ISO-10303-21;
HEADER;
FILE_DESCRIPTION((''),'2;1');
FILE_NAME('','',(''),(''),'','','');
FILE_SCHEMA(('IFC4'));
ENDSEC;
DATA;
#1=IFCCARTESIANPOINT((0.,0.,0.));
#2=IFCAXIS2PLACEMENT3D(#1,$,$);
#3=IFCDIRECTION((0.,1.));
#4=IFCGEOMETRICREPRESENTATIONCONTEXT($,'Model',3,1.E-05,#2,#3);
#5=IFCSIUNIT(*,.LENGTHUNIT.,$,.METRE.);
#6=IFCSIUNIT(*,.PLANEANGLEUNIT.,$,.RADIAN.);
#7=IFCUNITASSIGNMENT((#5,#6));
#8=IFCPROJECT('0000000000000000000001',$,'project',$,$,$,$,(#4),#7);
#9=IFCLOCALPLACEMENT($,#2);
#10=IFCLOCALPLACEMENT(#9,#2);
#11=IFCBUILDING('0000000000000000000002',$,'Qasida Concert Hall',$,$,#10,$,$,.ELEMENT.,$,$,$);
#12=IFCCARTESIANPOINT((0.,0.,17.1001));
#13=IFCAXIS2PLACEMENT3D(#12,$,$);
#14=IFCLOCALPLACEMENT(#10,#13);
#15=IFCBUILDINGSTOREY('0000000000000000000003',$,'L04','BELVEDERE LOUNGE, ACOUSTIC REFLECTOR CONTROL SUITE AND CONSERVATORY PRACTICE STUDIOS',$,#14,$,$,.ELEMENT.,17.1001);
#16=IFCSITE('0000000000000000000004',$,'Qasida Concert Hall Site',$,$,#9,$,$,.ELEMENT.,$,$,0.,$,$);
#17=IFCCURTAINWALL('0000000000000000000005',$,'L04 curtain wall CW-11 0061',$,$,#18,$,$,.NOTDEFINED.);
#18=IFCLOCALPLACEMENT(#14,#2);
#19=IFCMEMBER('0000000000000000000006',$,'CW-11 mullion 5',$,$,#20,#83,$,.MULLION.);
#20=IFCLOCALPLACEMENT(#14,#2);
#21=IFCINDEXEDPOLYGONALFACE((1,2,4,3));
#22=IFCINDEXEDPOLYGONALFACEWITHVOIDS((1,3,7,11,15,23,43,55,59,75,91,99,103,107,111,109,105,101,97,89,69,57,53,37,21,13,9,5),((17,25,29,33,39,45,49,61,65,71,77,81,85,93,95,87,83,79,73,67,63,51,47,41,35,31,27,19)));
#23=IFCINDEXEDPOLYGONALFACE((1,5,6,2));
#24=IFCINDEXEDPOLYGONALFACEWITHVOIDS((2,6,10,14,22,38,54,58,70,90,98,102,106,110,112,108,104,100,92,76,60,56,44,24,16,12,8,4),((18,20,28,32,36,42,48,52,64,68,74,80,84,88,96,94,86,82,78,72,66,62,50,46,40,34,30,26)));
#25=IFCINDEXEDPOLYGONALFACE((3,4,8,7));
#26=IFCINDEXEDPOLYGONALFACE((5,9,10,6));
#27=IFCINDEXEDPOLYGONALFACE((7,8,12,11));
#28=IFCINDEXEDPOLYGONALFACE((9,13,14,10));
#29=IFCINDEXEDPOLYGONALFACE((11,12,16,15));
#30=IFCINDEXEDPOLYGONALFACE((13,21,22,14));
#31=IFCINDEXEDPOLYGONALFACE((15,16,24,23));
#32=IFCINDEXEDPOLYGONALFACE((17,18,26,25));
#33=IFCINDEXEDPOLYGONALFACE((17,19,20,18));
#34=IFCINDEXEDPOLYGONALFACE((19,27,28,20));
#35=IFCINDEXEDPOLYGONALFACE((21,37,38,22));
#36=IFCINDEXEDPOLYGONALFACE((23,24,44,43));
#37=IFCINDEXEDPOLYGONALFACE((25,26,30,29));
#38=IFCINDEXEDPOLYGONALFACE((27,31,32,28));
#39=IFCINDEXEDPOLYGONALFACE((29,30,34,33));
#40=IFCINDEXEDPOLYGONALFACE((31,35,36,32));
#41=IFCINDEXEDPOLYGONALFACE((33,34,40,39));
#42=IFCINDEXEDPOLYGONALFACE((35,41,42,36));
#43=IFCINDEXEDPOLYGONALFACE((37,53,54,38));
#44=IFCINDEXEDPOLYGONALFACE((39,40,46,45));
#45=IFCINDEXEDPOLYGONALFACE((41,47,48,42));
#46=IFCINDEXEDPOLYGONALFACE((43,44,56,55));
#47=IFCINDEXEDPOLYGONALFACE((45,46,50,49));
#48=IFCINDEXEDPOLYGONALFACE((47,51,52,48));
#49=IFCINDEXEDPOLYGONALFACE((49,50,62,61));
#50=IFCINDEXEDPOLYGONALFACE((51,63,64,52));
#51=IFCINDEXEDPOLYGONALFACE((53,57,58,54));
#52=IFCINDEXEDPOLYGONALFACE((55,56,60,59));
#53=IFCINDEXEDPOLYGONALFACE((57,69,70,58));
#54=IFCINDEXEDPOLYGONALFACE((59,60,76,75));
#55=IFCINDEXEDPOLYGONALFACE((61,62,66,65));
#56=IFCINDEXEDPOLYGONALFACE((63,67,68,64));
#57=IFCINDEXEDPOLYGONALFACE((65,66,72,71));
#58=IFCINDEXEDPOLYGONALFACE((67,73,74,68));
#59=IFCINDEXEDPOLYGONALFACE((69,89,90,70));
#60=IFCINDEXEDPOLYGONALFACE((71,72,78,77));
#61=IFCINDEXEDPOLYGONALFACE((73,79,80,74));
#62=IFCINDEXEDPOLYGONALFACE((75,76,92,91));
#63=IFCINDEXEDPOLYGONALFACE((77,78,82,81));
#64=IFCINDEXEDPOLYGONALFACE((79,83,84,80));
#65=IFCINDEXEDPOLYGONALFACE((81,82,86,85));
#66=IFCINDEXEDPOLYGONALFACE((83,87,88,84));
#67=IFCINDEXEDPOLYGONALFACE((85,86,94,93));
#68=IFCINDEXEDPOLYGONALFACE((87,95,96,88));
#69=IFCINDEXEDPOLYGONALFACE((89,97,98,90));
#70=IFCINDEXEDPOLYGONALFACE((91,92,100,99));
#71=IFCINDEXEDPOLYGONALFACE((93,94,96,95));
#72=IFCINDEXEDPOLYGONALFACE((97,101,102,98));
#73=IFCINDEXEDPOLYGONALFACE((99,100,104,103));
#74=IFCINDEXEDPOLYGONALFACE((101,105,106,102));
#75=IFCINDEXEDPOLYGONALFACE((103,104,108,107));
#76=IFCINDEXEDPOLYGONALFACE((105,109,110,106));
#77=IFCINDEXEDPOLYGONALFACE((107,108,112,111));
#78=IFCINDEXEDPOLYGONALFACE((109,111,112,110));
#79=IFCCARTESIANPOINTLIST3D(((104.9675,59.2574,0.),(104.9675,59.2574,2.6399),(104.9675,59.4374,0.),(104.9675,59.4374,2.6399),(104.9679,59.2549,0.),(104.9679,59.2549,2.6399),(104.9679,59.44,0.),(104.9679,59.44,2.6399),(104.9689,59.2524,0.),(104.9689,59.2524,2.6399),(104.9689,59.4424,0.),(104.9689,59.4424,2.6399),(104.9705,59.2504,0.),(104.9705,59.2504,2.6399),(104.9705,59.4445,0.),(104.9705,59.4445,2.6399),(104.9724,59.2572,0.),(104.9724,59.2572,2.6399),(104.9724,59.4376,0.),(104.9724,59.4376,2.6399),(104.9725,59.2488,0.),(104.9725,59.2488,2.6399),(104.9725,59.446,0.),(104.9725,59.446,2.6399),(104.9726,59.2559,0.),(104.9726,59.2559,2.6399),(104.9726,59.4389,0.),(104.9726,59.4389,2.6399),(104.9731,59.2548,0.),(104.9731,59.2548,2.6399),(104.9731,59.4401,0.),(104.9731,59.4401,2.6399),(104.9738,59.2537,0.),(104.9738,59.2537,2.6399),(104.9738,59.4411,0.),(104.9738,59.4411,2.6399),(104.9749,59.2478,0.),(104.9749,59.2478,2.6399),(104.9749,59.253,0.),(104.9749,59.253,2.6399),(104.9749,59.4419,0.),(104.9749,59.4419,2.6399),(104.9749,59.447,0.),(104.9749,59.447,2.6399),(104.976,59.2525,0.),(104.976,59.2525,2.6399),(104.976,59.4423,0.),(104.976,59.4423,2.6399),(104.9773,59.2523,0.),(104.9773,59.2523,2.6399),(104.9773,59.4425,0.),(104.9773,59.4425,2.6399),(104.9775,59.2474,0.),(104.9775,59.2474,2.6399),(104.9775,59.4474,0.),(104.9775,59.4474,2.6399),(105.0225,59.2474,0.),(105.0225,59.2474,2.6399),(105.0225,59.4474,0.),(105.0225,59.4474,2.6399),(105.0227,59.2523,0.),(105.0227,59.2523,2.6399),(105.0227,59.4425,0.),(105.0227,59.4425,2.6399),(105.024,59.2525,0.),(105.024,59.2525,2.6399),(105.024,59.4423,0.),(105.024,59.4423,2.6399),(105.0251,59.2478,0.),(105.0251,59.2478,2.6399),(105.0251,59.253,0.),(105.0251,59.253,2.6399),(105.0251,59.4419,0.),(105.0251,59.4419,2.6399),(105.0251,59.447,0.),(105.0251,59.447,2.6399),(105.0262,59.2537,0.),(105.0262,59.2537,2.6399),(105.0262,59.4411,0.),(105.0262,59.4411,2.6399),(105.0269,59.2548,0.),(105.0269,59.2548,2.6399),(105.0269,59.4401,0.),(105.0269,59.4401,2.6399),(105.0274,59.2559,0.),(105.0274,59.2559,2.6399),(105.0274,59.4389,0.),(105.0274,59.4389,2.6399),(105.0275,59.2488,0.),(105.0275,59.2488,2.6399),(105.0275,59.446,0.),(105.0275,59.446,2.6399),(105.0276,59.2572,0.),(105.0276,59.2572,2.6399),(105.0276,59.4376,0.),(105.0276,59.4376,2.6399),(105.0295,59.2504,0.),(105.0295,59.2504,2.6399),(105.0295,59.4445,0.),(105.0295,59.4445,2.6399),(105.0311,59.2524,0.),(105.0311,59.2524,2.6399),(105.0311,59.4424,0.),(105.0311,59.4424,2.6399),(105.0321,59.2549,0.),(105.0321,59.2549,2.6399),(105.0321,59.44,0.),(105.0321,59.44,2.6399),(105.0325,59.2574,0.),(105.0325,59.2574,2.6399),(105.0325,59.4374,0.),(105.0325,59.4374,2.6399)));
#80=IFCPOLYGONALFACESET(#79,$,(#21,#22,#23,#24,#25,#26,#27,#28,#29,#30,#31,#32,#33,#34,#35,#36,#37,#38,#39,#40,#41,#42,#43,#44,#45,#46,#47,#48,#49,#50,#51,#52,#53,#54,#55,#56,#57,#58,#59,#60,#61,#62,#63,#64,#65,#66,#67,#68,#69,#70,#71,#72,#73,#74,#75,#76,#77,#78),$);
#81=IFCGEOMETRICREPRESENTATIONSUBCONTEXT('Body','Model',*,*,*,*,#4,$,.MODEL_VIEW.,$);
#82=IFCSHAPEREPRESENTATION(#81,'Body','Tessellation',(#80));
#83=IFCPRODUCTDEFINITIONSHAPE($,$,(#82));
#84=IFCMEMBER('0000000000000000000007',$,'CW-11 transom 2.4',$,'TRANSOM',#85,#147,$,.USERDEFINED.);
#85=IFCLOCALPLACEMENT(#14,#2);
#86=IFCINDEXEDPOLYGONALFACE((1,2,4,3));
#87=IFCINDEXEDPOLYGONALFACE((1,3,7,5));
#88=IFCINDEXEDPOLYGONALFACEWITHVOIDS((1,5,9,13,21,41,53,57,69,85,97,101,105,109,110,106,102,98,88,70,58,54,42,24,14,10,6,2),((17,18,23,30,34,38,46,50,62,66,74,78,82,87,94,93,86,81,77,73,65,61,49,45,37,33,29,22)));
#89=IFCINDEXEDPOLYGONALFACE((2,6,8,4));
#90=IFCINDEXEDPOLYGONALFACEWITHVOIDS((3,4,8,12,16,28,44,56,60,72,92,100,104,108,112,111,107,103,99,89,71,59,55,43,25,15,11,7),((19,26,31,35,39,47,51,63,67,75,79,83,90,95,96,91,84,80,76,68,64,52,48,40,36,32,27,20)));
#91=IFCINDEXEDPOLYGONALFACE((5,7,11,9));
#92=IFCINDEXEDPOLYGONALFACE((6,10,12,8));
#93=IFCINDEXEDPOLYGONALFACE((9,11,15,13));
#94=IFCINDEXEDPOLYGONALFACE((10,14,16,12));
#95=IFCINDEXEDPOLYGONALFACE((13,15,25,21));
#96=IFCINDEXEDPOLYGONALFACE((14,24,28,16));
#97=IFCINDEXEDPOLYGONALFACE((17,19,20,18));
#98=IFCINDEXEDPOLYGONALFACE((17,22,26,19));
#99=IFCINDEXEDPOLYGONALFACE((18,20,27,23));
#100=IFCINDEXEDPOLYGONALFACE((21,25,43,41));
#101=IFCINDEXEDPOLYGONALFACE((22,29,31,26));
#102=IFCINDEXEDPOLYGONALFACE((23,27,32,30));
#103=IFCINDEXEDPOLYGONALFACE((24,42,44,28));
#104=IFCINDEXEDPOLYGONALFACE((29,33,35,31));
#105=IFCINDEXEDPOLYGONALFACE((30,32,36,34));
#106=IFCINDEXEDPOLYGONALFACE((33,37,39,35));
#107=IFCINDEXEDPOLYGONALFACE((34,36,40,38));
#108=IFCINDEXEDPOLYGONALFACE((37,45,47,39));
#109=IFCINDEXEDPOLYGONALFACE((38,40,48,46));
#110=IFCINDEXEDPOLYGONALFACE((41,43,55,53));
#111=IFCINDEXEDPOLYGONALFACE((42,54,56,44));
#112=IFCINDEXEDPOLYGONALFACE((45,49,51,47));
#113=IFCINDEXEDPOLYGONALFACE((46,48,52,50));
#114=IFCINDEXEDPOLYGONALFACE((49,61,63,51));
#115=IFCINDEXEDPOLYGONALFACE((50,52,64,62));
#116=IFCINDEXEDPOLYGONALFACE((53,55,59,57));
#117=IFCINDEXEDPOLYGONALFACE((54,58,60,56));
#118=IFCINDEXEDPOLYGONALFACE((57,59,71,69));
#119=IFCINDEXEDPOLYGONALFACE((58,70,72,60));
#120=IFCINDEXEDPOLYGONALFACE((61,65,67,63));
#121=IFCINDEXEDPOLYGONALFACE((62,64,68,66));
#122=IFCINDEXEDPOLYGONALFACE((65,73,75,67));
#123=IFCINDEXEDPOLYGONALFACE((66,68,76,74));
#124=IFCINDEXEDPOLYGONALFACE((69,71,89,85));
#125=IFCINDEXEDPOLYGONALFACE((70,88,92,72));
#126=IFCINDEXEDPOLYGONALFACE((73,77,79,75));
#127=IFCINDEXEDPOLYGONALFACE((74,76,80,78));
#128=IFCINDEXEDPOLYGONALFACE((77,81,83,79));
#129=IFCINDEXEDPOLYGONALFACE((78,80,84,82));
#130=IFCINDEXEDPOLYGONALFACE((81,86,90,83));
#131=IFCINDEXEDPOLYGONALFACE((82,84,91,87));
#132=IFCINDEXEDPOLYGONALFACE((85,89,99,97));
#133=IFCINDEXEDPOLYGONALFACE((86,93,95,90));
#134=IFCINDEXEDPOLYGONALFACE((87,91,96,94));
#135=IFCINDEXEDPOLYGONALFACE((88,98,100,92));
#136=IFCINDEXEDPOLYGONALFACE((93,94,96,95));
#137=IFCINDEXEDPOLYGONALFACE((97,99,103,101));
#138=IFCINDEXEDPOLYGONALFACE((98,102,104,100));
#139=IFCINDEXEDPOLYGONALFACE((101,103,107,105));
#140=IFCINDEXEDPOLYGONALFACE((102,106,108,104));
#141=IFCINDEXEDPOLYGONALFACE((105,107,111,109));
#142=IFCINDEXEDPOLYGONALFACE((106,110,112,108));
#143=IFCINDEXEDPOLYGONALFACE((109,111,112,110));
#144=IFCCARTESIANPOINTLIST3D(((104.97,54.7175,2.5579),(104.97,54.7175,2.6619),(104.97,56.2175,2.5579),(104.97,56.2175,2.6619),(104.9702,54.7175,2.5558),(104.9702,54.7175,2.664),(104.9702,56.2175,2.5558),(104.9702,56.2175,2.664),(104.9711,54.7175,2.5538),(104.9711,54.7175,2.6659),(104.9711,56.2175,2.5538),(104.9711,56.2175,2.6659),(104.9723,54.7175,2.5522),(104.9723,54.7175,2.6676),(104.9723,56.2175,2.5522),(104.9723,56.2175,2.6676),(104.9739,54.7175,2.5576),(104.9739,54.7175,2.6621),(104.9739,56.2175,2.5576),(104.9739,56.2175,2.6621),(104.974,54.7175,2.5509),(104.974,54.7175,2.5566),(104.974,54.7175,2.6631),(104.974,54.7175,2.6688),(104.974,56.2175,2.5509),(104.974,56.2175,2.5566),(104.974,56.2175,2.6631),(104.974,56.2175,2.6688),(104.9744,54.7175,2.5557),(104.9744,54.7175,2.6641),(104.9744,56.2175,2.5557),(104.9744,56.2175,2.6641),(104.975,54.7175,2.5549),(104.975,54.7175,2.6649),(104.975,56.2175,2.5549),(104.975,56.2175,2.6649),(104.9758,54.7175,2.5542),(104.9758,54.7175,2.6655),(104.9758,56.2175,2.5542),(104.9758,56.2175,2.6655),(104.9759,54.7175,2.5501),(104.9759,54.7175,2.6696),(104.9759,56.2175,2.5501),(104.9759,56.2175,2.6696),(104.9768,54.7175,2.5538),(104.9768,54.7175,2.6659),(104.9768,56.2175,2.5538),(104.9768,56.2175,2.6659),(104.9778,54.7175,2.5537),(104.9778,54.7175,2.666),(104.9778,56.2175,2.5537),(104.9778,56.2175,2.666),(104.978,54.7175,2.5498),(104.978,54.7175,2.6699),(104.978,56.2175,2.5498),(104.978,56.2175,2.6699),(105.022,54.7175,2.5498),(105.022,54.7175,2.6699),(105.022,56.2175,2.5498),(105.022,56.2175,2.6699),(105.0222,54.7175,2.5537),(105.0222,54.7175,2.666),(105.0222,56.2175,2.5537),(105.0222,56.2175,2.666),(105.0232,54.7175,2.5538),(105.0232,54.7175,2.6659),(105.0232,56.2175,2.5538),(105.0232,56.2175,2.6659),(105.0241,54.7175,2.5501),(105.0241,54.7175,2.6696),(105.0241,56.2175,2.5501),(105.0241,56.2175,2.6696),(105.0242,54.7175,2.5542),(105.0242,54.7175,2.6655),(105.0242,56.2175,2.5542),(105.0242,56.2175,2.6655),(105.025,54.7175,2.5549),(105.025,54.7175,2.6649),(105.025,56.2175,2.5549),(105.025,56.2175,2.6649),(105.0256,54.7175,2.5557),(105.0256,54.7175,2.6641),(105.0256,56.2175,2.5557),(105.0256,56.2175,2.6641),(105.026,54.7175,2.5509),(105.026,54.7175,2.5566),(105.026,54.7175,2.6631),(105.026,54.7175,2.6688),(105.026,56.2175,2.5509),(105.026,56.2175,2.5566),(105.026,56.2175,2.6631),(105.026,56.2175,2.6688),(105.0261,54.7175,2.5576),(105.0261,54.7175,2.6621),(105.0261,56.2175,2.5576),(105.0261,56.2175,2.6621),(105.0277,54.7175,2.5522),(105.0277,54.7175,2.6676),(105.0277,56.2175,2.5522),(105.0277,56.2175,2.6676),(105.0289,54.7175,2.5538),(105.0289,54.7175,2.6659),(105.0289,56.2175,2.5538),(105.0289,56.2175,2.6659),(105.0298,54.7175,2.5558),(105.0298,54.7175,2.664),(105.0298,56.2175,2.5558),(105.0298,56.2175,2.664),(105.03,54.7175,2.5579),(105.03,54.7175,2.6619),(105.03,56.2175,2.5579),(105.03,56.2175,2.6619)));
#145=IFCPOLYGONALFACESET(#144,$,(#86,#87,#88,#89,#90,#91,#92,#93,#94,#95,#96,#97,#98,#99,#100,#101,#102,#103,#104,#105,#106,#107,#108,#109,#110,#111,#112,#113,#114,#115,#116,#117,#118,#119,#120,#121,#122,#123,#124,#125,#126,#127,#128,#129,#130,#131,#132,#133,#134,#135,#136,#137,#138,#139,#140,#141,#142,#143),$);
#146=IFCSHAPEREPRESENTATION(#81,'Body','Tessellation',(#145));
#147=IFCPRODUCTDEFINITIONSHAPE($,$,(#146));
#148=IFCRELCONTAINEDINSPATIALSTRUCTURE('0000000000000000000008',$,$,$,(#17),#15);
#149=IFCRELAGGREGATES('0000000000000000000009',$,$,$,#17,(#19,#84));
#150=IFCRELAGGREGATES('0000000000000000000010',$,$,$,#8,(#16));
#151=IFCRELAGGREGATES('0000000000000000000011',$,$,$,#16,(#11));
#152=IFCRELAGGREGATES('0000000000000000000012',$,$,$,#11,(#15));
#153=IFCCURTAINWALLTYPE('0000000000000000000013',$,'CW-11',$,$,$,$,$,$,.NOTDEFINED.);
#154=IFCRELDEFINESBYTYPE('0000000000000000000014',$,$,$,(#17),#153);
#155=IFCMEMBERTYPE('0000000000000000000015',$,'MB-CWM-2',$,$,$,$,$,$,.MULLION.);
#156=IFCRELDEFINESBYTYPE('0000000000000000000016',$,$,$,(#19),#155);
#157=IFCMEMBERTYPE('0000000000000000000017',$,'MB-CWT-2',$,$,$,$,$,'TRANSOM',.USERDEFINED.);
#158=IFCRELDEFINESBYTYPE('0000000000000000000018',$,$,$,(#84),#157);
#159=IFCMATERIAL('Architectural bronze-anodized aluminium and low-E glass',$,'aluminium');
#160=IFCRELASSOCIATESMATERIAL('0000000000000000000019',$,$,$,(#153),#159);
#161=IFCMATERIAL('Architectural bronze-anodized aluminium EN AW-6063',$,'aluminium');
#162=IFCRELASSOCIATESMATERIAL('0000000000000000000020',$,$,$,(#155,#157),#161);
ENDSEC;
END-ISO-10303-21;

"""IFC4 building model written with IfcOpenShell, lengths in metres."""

from ifc_helpers import new_model, si_unit, direction, frame, origin, origin_2d, place, context, subcontext, project, spatial, hollow_rectangle, extrude, material, material_profile, profile_set, type_object, element, aggregate, save


model = new_model("IFC4")

# Units and contexts
model_context = context("Model", 3, precision=1e-05, world=origin(), true_north=direction((0.0, 1.0)))
body_context = subcontext(model_context, "Body", "Model", "MODEL_VIEW")
ifc_project = project(units=[si_unit("LENGTHUNIT", "METRE"), si_unit("PLANEANGLEUNIT", "RADIAN")], contexts=[model_context])

# Site, building, storey
site_placement = place(None, origin())
site = spatial("IfcSite", under=ifc_project, at=site_placement, Name="Qasida Concert Hall Site", CompositionType="ELEMENT", RefElevation=0.0)
building_placement = place(site_placement, origin())
building = spatial("IfcBuilding", under=site, at=building_placement, Name="Qasida Concert Hall", CompositionType="ELEMENT")
storey_placement = place(building_placement, frame((0.0, 0.0, 17.1001)))
storey = spatial("IfcBuildingStorey", under=building, at=storey_placement, Name="L04", Description="BELVEDERE LOUNGE, ACOUSTIC REFLECTOR CONTROL SUITE AND CONSERVATORY PRACTICE STUDIOS", CompositionType="ELEMENT", Elevation=17.1001)

# Curtain wall, members
ifc_material_1 = material(Name="Architectural bronze-anodized aluminium and low-E glass", Category="aluminium")
curtain_wall_type = type_object("IfcCurtainWallType", Name="CW-11", PredefinedType="NOTDEFINED", material=ifc_material_1)
curtain_wall_placement = place(storey_placement, origin())
curtain_wall = element("IfcCurtainWall", 1, at=curtain_wall_placement, inside=storey, type_object=curtain_wall_type, Name="L04 curtain wall CW-11 0061", PredefinedType="NOTDEFINED")
ifc_material_2 = material(Name="Architectural bronze-anodized aluminium EN AW-6063", Category="aluminium")
ifc_material_profile_1 = material_profile(ifc_material_2, hollow_rectangle(XDim=0.0649, YDim=0.2, WallThickness=0.0049, InnerFilletRadius=0.0049, OuterFilletRadius=0.01, at=origin_2d()), Name="CWM 200x65x5")
ifc_profile_set_1 = profile_set([ifc_material_profile_1], Name="Architectural bronze-anodized aluminium EN AW-6063")
member_type_1 = type_object("IfcMemberType", Name="MB-CWM-2", PredefinedType="MULLION", material=ifc_profile_set_1)
member_1_placement = place(storey_placement, frame((105.0, 59.3474, 0.0), z_axis=(0.0, 0.0, 1.0), x_axis=(-1.0, 0.0, 0.0)))
member_1 = element("IfcMember", 2, at=member_1_placement, type_object=member_type_1, Name="CW-11 mullion 5", PredefinedType="MULLION", context=body_context, shape_type="SweptSolid", body=[
    extrude(hollow_rectangle(XDim=0.0649, YDim=0.2, WallThickness=0.0049, InnerFilletRadius=0.0049, OuterFilletRadius=0.01, at=origin_2d()), origin(), (0.0, 0.0, 1.0), 2.6399),
])
ifc_material_profile_2 = material_profile(ifc_material_2, hollow_rectangle(XDim=0.0601, YDim=0.1201, WallThickness=0.0039, InnerFilletRadius=0.0039, OuterFilletRadius=0.0081, at=origin_2d()), Name="CWT 120x60x4")
ifc_profile_set_2 = profile_set([ifc_material_profile_2], Name="Architectural bronze-anodized aluminium EN AW-6063")
member_type_2 = type_object("IfcMemberType", Name="MB-CWT-2", ElementType="TRANSOM", PredefinedType="USERDEFINED", material=ifc_profile_set_2)
member_2_placement = place(storey_placement, frame((105.0, 54.7175, 2.6099), z_axis=(0.0, 1.0, 0.0), x_axis=(-1.0, 0.0, 0.0)))
member_2 = element("IfcMember", 3, at=member_2_placement, type_object=member_type_2, Name="CW-11 transom 2.4", ObjectType="TRANSOM", PredefinedType="USERDEFINED", context=body_context, shape_type="SweptSolid", body=[
    extrude(hollow_rectangle(XDim=0.0601, YDim=0.1201, WallThickness=0.0039, InnerFilletRadius=0.0039, OuterFilletRadius=0.0081, at=origin_2d()), origin(), (0.0, 0.0, 1.0), 1.5),
])
aggregate(curtain_wall, [member_1, member_2])

save(model, "model.ifc")
